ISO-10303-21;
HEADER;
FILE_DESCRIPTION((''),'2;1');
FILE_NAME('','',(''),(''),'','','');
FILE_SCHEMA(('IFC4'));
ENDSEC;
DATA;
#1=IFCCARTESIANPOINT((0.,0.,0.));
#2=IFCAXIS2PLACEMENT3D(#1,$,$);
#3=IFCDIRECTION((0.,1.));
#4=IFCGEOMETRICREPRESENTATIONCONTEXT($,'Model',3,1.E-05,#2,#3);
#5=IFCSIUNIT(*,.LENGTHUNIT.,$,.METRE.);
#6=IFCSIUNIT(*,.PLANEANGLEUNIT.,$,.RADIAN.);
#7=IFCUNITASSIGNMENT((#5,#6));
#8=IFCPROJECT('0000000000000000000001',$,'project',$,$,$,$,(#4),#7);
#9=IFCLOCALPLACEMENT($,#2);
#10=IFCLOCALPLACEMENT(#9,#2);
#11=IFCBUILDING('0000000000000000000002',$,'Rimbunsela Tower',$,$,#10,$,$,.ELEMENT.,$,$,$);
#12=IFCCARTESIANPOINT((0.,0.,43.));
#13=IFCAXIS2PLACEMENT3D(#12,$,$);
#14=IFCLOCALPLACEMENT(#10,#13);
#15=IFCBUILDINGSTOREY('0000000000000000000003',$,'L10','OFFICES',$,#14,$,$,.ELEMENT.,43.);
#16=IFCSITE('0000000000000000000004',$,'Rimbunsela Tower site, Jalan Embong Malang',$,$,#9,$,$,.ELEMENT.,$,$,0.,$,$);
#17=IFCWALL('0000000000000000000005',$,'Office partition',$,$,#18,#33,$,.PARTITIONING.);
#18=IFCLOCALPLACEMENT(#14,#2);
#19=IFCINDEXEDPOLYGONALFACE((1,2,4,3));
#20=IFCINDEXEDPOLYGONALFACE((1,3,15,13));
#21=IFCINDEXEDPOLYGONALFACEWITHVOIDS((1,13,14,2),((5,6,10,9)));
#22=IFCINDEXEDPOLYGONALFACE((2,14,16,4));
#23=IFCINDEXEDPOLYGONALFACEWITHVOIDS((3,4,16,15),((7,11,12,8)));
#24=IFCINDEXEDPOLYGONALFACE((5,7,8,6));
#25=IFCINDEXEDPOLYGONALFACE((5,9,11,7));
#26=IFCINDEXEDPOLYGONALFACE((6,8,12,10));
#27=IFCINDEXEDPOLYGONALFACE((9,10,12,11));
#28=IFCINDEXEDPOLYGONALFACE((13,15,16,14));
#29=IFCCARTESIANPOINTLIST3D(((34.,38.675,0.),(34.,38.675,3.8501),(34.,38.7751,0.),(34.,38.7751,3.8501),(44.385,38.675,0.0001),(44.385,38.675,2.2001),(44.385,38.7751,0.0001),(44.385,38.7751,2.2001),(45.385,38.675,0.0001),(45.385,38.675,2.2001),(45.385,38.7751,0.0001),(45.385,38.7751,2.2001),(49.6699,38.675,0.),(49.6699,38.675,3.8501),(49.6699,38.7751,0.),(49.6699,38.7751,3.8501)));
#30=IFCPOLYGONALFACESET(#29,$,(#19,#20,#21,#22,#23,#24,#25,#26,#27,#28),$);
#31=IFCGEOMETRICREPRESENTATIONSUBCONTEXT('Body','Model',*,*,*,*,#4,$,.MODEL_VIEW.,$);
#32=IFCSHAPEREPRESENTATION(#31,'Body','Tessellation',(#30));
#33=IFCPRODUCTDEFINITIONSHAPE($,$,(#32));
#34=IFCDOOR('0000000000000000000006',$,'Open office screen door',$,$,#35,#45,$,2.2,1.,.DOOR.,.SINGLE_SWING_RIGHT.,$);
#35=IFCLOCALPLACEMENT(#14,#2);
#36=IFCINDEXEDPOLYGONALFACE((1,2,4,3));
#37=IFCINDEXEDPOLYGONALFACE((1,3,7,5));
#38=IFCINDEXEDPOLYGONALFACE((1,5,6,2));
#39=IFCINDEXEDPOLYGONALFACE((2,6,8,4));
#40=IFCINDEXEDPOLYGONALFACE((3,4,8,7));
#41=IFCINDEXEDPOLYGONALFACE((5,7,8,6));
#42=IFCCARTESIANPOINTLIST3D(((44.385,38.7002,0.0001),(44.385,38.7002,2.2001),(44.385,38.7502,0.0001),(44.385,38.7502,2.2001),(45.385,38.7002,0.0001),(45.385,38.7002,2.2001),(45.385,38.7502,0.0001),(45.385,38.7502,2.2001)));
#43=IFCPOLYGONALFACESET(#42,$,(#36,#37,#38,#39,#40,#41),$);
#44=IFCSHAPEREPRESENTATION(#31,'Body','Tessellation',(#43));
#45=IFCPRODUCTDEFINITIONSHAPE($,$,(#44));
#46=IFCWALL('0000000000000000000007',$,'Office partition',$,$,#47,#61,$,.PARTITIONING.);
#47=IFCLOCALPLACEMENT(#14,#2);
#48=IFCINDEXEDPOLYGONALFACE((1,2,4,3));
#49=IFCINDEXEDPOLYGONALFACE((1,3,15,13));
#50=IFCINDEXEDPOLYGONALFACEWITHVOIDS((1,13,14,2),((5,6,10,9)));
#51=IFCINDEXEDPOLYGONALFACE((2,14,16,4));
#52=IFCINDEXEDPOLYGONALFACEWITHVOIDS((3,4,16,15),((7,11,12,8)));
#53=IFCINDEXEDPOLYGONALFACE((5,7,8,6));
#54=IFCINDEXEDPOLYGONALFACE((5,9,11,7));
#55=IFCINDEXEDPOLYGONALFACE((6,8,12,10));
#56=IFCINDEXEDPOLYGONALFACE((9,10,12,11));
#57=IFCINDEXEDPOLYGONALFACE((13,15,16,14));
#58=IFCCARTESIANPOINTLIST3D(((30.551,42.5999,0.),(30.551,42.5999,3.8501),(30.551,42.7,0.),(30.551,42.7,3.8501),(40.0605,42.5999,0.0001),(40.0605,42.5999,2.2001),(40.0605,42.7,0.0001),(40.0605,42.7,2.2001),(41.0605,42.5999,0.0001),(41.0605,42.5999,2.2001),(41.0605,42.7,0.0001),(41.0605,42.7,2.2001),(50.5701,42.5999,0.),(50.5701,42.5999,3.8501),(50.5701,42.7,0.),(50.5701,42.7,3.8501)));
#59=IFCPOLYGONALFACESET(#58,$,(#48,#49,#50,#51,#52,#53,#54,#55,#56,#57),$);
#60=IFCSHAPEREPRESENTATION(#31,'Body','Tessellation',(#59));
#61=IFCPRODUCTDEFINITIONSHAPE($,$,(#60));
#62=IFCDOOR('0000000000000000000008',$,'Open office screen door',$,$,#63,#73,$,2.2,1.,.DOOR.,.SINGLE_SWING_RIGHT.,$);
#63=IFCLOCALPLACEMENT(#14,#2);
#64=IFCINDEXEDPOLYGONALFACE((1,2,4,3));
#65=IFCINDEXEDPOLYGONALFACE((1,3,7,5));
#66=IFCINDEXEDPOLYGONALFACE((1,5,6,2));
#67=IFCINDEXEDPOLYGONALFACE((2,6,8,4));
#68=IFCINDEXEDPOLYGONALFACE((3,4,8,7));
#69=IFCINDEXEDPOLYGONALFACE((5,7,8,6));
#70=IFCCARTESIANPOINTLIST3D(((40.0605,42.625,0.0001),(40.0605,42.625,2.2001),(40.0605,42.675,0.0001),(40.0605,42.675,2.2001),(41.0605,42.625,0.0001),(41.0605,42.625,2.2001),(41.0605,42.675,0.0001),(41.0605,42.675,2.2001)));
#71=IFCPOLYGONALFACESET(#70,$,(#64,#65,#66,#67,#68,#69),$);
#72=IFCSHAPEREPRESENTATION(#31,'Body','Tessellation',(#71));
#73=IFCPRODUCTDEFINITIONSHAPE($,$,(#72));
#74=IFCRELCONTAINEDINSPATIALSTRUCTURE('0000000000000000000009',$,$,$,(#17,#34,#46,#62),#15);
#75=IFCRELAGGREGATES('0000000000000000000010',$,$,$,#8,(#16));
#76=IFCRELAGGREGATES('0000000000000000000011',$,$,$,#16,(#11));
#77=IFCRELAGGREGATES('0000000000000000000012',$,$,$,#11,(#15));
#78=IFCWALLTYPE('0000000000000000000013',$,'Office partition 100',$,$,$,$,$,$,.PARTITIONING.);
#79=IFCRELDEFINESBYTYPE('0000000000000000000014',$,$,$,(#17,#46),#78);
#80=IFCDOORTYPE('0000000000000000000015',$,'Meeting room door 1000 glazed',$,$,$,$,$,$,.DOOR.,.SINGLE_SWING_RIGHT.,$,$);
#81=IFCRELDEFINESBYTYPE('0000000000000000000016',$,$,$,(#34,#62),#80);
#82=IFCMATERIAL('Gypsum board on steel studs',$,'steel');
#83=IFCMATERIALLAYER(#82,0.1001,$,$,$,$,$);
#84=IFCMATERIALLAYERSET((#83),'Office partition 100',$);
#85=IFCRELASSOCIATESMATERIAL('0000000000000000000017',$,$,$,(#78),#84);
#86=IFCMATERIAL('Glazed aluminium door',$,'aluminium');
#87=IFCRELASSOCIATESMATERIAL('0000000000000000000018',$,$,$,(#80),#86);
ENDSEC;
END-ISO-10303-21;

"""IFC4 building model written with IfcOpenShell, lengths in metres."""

from ifc_helpers import new_model, si_unit, direction, frame, frame_2d, origin, place, context, subcontext, project, spatial, rectangle, extrude, material, layer, layer_set, type_object, element, fill, save


model = new_model("IFC4")

# Units and contexts
model_context = context("Model", 3, precision=1e-05, world=origin(), true_north=direction((0.0, 1.0)))
body_context = subcontext(model_context, "Body", "Model", "MODEL_VIEW")
ifc_project = project(units=[si_unit("LENGTHUNIT", "METRE"), si_unit("PLANEANGLEUNIT", "RADIAN")], contexts=[model_context])

# Site, building, storey
site_placement = place(None, origin())
site = spatial("IfcSite", under=ifc_project, at=site_placement, Name="Rimbunsela Tower site, Jalan Embong Malang", CompositionType="ELEMENT", RefElevation=0.0)
building_placement = place(site_placement, origin())
building = spatial("IfcBuilding", under=site, at=building_placement, Name="Rimbunsela Tower", CompositionType="ELEMENT")
storey_placement = place(building_placement, frame((0.0, 0.0, 43.0)))
storey = spatial("IfcBuildingStorey", under=building, at=storey_placement, Name="L10", Description="OFFICES", CompositionType="ELEMENT", Elevation=43.0)

# Shared definitions
ifc_material_1 = material(Name="Gypsum board on steel studs", Category="steel")
ifc_layer_1 = layer(ifc_material_1, 0.1001)
ifc_layer_set_1 = layer_set([ifc_layer_1], Name="Office partition 100")
wall_type = type_object("IfcWallType", Name="Office partition 100", PredefinedType="PARTITIONING", material=ifc_layer_set_1)

# Walls, openings, doors
wall_1_placement = place(storey_placement, frame((49.6699, 38.7251, 0.0), z_axis=(0.0, 0.0, 1.0), x_axis=(-1.0, 0.0, 0.0)))
wall_1 = element("IfcWall", 1, at=wall_1_placement, inside=storey, type_object=wall_type, Name="Office partition", PredefinedType="PARTITIONING", context=body_context, shape_type="SweptSolid", body=[
    extrude(rectangle(XDim=15.6699, YDim=0.1001, at=frame_2d((7.835, 0.0))), origin(), (0.0, 0.0, 1.0), 3.8501),
])
opening_1_placement = place(wall_1_placement, frame((4.2849, 0.0, 0.0)))
opening_1 = element("IfcOpeningElement", 2, at=opening_1_placement, cuts=wall_1, PredefinedType="OPENING", context=body_context, shape_type="SweptSolid", body=[
    extrude(rectangle(XDim=1.0, YDim=2.2, at=frame_2d((0.5, 1.1001))), frame((0.0, 0.0601, 0.0), z_axis=(0.0, -1.0, 0.0), x_axis=(1.0, 0.0, 0.0)), (0.0, 0.0, 1.0), 0.1201),
])
ifc_material_2 = material(Name="Glazed aluminium door", Category="aluminium")
door_type_1 = type_object("IfcDoorType", Name="Meeting room door 1000 glazed", OperationType="SINGLE_SWING_RIGHT", PredefinedType="DOOR", material=ifc_material_2)
door_1_placement = place(opening_1_placement, origin())
door_1 = element("IfcDoor", 3, at=door_1_placement, inside=storey, type_object=door_type_1, Name="Open office screen door", OperationType="SINGLE_SWING_RIGHT", OverallHeight=2.2, OverallWidth=1.0, PredefinedType="DOOR", context=body_context, shape_type="SweptSolid", body=[
    extrude(rectangle(XDim=1.0, YDim=2.2, at=frame_2d((0.5, 1.1001))), frame((0.0, 0.0249, 0.0), z_axis=(0.0, -1.0, 0.0), x_axis=(1.0, 0.0, 0.0)), (0.0, 0.0, 1.0), 0.05),
])
fill(opening_1, door_1)
wall_2_placement = place(storey_placement, frame((50.5701, 42.6499, 0.0), z_axis=(0.0, 0.0, 1.0), x_axis=(-1.0, 0.0, 0.0)))
wall_2 = element("IfcWall", 4, at=wall_2_placement, inside=storey, type_object=wall_type, Name="Office partition", PredefinedType="PARTITIONING", context=body_context, shape_type="SweptSolid", body=[
    extrude(rectangle(XDim=20.019, YDim=0.1001, at=frame_2d((10.0095, 0.0))), origin(), (0.0, 0.0, 1.0), 3.8501),
])
opening_2_placement = place(wall_2_placement, frame((9.5095, 0.0, 0.0)))
opening_2 = element("IfcOpeningElement", 5, at=opening_2_placement, cuts=wall_2, PredefinedType="OPENING", context=body_context, shape_type="SweptSolid", body=[
    extrude(rectangle(XDim=1.0, YDim=2.2, at=frame_2d((0.5, 1.1001))), frame((0.0, 0.0601, 0.0), z_axis=(0.0, -1.0, 0.0), x_axis=(1.0, 0.0, 0.0)), (0.0, 0.0, 1.0), 0.1201),
])
door_2_placement = place(opening_2_placement, origin())
door_2 = element("IfcDoor", 6, at=door_2_placement, inside=storey, type_object=door_type_1, Name="Open office screen door", OperationType="SINGLE_SWING_RIGHT", OverallHeight=2.2, OverallWidth=1.0, PredefinedType="DOOR", context=body_context, shape_type="SweptSolid", body=[
    extrude(rectangle(XDim=1.0, YDim=2.2, at=frame_2d((0.5, 1.1001))), frame((0.0, 0.0249, 0.0), z_axis=(0.0, -1.0, 0.0), x_axis=(1.0, 0.0, 0.0)), (0.0, 0.0, 1.0), 0.05),
])
fill(opening_2, door_2)

save(model, "model.ifc")
